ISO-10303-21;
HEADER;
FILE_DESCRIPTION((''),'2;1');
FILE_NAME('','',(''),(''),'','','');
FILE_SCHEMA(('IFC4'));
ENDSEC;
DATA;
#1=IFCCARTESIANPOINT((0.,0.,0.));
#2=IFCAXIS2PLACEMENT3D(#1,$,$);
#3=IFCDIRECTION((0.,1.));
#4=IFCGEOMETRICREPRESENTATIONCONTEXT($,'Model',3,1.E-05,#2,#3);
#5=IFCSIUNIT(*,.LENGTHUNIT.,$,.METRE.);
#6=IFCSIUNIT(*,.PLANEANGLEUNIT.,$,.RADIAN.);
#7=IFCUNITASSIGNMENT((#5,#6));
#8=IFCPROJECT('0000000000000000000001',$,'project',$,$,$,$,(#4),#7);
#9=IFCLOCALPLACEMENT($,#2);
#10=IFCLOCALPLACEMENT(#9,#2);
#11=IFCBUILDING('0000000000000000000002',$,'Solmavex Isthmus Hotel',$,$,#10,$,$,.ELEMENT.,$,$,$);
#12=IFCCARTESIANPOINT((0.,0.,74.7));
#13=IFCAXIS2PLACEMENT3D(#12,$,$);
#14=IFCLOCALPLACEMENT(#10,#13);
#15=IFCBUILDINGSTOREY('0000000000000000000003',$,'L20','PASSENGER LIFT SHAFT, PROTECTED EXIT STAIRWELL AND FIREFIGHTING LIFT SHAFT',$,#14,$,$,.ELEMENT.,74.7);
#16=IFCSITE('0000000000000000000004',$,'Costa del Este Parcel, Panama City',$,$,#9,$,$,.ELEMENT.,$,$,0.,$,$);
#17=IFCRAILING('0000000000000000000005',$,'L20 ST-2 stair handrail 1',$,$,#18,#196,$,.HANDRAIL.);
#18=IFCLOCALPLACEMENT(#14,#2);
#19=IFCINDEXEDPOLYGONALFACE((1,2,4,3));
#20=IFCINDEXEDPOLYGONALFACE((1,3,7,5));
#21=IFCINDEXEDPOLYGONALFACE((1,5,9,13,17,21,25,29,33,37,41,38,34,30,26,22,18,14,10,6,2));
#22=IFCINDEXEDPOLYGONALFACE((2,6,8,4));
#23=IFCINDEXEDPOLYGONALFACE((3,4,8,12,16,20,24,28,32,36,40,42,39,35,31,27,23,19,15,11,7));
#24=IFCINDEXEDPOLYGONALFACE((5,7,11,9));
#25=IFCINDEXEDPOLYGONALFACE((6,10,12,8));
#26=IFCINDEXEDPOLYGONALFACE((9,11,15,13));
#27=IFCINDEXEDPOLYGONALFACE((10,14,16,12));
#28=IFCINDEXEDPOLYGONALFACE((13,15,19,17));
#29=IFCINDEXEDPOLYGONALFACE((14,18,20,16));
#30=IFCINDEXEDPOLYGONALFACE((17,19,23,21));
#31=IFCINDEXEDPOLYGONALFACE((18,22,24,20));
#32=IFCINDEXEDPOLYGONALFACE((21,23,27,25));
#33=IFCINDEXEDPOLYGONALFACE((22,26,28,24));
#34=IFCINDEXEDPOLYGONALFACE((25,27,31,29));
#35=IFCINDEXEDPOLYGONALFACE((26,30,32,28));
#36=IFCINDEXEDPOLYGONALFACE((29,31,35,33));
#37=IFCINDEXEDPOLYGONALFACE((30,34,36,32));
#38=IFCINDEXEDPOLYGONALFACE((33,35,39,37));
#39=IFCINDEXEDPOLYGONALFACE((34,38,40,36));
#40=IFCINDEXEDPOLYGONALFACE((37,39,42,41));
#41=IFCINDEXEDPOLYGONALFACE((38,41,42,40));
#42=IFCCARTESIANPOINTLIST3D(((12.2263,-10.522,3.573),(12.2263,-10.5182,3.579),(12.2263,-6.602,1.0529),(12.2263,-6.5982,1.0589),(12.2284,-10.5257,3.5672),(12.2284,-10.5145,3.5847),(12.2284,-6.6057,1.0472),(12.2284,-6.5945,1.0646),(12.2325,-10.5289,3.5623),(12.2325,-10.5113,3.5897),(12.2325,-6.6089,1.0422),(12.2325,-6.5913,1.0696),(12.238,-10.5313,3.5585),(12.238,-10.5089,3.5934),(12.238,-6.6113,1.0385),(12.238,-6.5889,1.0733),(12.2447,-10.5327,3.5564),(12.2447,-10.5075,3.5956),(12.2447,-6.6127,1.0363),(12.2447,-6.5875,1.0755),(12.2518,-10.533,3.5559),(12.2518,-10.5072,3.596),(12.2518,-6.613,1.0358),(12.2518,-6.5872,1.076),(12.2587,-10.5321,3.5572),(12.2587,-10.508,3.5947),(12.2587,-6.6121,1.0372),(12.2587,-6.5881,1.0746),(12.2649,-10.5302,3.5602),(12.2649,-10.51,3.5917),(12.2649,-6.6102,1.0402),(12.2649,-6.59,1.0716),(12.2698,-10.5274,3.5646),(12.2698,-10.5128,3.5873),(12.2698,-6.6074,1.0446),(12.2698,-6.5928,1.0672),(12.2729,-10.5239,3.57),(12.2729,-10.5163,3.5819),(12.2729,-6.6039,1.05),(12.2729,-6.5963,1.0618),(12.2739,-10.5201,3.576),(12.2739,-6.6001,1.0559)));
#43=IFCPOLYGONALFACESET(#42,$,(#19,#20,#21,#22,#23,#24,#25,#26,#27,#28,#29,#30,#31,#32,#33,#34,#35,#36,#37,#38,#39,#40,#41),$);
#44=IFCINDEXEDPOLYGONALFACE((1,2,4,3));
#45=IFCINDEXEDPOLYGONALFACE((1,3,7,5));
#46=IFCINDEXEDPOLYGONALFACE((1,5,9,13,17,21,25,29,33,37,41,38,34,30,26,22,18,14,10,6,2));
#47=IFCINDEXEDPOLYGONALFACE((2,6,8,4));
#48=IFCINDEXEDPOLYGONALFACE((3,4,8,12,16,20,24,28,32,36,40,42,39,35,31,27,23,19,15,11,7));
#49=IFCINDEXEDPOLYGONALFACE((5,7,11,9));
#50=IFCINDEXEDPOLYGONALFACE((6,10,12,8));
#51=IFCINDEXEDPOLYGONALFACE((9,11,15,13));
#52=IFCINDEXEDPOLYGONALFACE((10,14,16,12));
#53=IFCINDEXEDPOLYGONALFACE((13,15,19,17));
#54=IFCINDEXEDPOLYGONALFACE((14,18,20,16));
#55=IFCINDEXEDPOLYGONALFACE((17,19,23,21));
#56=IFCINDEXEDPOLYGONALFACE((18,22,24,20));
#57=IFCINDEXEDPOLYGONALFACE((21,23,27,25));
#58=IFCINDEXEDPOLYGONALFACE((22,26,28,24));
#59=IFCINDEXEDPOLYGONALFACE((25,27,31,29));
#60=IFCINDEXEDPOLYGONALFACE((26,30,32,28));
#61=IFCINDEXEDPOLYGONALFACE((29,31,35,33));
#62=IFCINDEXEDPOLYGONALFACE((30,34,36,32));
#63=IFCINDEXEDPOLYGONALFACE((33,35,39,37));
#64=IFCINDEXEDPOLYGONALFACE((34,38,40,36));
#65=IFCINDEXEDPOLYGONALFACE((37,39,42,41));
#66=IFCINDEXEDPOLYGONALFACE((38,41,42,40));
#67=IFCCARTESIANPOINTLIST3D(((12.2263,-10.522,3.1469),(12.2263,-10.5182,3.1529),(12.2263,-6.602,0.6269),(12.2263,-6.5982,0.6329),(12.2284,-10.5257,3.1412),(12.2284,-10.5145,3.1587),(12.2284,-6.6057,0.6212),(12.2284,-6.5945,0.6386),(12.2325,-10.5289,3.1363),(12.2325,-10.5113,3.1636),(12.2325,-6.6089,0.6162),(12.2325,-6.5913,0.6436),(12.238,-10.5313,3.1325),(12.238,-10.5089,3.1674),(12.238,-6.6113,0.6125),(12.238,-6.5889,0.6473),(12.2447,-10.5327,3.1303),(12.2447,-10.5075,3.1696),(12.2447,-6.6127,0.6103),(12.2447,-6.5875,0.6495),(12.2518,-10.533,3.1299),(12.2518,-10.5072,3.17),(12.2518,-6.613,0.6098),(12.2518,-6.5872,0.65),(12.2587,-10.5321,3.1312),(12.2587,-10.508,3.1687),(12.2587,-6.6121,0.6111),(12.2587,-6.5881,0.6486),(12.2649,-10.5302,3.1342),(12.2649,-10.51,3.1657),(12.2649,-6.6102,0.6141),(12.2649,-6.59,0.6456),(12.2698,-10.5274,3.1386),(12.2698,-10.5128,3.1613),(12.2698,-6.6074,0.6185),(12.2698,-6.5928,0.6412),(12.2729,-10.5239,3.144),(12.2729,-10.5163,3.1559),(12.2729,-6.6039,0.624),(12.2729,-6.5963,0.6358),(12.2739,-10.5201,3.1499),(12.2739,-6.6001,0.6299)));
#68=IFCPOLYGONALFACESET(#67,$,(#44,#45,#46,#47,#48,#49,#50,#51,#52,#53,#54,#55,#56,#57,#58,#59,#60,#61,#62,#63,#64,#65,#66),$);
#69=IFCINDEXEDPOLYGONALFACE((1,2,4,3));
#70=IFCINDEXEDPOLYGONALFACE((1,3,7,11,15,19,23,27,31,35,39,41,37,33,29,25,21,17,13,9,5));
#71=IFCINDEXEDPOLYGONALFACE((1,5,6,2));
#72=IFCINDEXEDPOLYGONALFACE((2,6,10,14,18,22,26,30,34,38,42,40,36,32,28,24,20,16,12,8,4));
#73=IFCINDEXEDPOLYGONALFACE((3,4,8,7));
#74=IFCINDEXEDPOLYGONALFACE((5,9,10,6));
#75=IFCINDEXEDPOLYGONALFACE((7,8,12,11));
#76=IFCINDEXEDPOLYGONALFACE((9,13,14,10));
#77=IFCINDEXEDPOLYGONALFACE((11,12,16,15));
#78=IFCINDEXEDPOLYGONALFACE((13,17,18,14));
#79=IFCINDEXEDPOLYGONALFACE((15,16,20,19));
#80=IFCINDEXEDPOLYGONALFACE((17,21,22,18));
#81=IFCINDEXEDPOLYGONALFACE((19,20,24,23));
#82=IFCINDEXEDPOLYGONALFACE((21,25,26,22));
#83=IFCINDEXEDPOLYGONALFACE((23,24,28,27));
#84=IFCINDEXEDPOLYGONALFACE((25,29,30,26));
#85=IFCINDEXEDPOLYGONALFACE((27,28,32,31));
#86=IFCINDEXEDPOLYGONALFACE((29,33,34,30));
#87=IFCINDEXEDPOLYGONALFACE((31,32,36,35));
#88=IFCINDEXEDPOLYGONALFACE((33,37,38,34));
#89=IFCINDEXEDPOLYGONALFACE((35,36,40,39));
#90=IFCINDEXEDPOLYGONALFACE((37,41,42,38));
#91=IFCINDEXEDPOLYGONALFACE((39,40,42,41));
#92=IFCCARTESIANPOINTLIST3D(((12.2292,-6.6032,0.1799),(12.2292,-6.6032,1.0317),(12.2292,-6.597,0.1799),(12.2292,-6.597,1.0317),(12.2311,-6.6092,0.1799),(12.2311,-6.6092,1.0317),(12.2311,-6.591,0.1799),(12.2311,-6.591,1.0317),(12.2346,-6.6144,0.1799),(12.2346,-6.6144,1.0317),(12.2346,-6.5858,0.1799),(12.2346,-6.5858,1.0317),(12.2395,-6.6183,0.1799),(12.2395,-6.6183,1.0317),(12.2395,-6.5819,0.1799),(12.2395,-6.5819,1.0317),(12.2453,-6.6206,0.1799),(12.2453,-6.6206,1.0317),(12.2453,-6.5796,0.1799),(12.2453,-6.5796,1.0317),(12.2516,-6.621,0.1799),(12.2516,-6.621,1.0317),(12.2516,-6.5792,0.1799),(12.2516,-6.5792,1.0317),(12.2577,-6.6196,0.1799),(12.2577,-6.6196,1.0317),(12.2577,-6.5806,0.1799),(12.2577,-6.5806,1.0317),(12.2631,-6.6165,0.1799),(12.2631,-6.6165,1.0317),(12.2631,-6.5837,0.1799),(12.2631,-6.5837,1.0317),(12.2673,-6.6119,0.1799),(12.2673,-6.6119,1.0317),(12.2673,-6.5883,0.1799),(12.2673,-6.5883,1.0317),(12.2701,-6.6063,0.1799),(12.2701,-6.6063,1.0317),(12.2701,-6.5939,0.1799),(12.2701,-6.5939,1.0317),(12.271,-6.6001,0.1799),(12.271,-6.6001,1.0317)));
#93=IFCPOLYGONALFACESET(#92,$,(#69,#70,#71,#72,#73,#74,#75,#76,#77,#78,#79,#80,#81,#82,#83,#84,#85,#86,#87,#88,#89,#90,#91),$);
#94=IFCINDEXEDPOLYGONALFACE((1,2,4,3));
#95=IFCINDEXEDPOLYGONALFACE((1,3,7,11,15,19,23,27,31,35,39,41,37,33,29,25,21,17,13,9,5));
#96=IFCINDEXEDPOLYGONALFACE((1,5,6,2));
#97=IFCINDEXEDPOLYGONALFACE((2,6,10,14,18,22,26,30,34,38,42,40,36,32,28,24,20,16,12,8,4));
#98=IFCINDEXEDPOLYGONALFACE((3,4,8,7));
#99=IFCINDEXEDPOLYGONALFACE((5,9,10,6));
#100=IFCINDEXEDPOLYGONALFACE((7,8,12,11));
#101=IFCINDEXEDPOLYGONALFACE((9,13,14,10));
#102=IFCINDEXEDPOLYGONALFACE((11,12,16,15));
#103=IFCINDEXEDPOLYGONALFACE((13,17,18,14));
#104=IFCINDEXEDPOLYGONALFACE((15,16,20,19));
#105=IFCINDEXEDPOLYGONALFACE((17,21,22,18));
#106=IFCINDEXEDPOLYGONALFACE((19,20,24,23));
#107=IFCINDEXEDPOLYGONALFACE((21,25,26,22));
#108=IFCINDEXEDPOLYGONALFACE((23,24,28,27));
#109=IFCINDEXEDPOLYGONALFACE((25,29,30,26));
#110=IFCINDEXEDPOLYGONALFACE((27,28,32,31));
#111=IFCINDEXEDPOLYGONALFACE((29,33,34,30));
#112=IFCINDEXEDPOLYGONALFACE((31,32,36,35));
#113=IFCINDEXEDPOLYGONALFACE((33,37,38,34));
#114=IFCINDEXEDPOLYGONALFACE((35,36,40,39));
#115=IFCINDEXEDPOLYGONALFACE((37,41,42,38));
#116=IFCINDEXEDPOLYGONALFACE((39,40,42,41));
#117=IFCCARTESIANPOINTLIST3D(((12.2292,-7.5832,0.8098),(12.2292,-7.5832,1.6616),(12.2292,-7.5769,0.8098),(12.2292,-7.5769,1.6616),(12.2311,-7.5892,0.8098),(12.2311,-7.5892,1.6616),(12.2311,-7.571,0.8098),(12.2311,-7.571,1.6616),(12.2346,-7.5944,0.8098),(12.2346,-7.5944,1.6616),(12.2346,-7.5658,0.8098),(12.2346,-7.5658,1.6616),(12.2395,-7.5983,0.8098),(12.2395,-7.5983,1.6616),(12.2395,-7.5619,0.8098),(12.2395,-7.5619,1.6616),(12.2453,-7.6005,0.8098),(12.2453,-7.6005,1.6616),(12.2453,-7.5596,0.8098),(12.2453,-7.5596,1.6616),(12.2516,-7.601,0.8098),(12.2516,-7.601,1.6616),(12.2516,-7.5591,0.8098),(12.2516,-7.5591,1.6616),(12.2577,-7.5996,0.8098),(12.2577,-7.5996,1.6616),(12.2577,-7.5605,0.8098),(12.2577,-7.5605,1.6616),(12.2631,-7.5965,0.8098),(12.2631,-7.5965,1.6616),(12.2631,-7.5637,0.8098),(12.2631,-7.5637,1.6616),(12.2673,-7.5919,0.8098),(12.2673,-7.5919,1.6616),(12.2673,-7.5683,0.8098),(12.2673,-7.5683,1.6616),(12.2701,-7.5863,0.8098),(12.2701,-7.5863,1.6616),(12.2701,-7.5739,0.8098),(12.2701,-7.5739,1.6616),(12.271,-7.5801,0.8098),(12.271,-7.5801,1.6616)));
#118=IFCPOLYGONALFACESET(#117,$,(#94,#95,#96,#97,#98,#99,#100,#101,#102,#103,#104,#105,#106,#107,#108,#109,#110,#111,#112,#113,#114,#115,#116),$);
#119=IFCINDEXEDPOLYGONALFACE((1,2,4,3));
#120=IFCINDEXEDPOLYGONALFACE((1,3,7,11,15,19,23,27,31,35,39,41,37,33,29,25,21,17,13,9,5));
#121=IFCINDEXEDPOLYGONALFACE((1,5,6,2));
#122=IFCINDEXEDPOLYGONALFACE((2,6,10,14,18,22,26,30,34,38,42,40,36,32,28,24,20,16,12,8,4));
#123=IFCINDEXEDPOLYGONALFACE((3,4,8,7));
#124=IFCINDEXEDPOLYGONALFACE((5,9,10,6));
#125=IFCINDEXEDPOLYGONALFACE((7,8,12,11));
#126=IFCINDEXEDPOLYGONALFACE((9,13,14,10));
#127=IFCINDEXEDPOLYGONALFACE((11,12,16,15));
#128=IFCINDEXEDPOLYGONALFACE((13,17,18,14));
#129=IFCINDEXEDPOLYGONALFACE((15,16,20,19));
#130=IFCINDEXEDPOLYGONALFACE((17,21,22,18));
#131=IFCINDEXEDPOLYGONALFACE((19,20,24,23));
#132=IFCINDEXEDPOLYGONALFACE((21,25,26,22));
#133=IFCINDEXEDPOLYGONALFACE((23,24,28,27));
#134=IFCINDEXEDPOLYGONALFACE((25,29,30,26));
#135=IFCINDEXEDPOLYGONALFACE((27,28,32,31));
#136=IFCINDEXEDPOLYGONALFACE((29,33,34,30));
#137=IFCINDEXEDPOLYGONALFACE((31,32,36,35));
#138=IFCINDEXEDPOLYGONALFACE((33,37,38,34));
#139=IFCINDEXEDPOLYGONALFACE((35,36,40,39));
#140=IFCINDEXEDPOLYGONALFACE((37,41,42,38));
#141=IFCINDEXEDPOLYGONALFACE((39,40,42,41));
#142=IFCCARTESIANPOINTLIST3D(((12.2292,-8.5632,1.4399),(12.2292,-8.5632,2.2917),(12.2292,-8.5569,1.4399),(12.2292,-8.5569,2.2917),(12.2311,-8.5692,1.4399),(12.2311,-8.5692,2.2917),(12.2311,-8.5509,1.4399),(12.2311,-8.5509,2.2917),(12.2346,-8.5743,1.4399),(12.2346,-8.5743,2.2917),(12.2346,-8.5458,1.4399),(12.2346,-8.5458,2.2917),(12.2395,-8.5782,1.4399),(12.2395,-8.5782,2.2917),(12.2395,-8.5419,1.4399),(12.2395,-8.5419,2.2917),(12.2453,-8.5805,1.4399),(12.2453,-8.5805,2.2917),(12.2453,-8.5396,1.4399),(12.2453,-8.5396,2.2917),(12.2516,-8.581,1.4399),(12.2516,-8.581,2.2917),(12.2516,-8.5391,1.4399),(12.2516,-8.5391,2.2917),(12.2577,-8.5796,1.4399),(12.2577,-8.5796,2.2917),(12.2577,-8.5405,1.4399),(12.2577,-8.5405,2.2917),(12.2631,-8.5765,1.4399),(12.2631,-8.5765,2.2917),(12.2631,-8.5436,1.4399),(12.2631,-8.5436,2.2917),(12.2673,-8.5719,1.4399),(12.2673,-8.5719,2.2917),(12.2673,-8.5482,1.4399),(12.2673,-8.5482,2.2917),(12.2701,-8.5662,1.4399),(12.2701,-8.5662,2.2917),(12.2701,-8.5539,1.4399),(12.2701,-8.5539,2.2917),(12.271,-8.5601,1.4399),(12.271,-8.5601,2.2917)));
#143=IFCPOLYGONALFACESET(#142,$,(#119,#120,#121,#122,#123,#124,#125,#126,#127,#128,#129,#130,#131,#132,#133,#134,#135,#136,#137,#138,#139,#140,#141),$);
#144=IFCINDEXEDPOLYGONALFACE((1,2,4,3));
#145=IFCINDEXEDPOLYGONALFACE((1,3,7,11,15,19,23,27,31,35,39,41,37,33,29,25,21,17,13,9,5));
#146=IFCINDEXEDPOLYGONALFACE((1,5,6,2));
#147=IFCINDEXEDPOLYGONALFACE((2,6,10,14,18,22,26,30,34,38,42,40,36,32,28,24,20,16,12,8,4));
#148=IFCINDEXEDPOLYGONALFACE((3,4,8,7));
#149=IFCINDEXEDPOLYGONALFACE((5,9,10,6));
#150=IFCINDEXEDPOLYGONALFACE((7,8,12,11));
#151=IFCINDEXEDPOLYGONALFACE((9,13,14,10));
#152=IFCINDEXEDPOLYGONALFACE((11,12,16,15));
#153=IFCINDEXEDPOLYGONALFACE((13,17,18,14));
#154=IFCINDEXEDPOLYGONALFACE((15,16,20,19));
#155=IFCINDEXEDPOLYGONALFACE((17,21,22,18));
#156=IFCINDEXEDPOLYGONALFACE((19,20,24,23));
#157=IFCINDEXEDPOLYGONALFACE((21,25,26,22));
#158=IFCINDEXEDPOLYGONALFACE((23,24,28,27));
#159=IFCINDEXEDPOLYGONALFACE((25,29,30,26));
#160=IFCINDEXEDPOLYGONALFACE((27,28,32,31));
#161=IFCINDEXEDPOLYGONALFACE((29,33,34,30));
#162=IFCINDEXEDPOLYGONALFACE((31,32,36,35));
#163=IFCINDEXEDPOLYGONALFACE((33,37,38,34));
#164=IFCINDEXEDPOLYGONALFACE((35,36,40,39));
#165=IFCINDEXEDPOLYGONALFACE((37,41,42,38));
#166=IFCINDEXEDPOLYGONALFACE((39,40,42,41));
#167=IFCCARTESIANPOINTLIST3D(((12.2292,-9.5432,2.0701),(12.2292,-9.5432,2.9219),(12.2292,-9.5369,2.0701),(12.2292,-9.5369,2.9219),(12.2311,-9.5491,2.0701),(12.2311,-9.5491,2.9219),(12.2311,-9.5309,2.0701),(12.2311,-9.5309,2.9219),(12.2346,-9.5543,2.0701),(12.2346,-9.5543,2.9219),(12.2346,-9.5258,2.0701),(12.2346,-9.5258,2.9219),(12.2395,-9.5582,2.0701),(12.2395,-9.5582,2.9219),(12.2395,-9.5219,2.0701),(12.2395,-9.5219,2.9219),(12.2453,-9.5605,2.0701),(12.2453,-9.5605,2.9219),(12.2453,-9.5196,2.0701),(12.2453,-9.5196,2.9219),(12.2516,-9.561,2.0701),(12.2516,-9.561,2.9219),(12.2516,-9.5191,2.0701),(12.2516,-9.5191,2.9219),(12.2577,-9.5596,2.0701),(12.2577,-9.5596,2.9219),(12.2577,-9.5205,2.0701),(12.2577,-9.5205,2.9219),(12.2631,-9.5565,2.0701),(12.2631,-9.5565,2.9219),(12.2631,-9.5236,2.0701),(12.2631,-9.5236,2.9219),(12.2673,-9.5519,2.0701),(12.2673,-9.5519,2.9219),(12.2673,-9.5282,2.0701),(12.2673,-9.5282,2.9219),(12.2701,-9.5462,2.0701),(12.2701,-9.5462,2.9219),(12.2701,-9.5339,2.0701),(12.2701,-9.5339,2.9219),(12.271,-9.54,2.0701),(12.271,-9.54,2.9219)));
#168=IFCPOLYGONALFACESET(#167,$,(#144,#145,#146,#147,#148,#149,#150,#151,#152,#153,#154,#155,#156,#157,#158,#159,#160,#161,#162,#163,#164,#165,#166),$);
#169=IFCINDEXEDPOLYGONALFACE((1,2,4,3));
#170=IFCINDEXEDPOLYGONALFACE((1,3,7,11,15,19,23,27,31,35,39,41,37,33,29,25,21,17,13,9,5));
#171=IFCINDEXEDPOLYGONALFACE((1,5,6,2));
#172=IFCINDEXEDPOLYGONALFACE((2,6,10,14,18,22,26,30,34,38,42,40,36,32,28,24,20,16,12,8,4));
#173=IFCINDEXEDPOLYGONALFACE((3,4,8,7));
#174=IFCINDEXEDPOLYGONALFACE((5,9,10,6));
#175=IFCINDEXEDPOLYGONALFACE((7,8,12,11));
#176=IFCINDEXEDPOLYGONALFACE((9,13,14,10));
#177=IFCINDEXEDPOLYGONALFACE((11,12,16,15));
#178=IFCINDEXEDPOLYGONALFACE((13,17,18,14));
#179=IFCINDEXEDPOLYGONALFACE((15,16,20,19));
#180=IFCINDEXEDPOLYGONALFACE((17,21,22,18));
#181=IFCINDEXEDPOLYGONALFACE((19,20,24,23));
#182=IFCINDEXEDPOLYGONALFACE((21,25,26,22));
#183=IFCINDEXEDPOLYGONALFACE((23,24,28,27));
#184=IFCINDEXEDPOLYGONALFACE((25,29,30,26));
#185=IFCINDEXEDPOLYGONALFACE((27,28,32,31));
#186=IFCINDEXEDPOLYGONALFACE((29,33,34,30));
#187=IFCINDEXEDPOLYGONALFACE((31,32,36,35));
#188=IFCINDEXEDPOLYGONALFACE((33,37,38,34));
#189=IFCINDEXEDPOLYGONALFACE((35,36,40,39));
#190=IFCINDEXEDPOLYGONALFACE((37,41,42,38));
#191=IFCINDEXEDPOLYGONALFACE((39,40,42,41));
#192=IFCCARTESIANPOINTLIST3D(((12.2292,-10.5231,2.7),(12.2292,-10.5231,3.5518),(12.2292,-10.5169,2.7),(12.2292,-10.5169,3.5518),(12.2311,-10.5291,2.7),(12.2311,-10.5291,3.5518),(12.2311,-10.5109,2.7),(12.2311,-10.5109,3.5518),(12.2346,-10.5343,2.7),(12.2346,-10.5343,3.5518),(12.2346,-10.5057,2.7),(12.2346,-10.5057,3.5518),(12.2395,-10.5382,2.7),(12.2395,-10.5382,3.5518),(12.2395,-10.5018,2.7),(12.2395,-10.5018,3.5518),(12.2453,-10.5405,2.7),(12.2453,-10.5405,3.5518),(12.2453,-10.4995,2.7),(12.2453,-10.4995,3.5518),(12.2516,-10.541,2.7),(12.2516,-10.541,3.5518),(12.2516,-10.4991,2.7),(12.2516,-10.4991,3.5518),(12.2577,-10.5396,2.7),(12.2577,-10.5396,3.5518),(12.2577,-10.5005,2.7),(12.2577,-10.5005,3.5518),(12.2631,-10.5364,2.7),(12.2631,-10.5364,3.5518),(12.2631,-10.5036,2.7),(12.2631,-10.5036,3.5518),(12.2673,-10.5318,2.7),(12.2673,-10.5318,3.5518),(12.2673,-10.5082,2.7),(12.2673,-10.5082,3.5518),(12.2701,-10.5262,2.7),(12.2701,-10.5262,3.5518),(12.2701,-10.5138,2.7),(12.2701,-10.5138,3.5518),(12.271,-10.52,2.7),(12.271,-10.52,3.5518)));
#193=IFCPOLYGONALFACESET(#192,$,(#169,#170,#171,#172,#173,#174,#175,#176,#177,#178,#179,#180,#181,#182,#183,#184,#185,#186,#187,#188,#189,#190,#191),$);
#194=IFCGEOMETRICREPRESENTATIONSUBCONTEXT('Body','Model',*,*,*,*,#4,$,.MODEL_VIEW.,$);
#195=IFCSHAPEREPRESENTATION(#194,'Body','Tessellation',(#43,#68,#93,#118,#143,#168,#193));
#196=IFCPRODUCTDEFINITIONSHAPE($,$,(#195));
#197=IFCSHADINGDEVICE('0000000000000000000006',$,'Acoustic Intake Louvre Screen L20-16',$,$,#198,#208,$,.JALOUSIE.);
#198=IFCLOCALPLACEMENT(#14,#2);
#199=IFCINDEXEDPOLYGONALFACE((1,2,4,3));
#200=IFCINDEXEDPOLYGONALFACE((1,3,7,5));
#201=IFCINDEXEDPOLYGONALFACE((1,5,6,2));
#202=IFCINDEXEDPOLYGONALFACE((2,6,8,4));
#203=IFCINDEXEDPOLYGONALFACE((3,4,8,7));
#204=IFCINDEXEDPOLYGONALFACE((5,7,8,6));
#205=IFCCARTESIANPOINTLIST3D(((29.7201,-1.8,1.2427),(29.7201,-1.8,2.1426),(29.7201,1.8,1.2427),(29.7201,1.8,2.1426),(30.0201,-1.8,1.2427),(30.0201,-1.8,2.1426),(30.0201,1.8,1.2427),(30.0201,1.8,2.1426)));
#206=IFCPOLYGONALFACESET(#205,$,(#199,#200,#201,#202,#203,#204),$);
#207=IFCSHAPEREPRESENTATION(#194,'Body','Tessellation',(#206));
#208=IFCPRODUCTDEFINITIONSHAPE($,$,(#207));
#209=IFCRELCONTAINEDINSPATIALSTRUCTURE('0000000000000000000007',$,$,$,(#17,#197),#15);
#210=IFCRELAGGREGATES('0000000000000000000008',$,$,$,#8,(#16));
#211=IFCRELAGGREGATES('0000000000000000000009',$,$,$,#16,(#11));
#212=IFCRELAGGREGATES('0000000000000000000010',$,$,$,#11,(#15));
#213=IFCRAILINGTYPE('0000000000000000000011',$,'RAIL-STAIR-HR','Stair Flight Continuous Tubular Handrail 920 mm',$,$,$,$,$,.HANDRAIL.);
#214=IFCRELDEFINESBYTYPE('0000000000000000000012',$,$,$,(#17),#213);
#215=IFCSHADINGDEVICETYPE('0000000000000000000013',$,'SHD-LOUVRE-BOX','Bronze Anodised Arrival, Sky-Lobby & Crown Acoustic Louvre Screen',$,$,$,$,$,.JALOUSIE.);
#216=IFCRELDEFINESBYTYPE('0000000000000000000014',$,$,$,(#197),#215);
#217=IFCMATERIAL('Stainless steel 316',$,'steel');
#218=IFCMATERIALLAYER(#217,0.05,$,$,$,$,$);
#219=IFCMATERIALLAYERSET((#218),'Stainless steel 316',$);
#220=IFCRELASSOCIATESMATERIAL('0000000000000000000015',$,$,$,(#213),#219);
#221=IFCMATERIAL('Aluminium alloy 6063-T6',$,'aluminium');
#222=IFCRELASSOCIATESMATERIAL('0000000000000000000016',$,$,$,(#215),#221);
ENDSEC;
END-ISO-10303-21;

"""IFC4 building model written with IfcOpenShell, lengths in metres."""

from ifc_helpers import new_model, si_unit, direction, frame, origin, origin_2d, place, context, subcontext, project, spatial, rectangle, circle, extrude, material, layer, layer_set, type_object, element, save


model = new_model("IFC4")

# Units and contexts
model_context = context("Model", 3, precision=1e-05, world=origin(), true_north=direction((0.0, 1.0)))
body_context = subcontext(model_context, "Body", "Model", "MODEL_VIEW")
ifc_project = project(units=[si_unit("LENGTHUNIT", "METRE"), si_unit("PLANEANGLEUNIT", "RADIAN")], contexts=[model_context])

# Site, building, storey
site_placement = place(None, origin())
site = spatial("IfcSite", under=ifc_project, at=site_placement, Name="Costa del Este Parcel, Panama City", CompositionType="ELEMENT", RefElevation=0.0)
building_placement = place(site_placement, origin())
building = spatial("IfcBuilding", under=site, at=building_placement, Name="Solmavex Isthmus Hotel", CompositionType="ELEMENT")
storey_placement = place(building_placement, frame((0.0, 0.0, 74.7)))
storey = spatial("IfcBuildingStorey", under=building, at=storey_placement, Name="L20", Description="PASSENGER LIFT SHAFT, PROTECTED EXIT STAIRWELL AND FIREFIGHTING LIFT SHAFT", CompositionType="ELEMENT", Elevation=74.7)

# Railing
ifc_material_1 = material(Name="Stainless steel 316", Category="steel")
ifc_layer_1 = layer(ifc_material_1, 0.05)
ifc_layer_set_1 = layer_set([ifc_layer_1], Name="Stainless steel 316")
railing_type_1 = type_object("IfcRailingType", Name="RAIL-STAIR-HR", Description="Stair Flight Continuous Tubular Handrail 920 mm", PredefinedType="HANDRAIL", material=ifc_layer_set_1)
railing_1_placement = place(storey_placement, frame((12.25, -6.6001, 0.1799)))
element("IfcRailing", 1, at=railing_1_placement, inside=storey, type_object=railing_type_1, Name="L20 ST-2 stair handrail 1", PredefinedType="HANDRAIL", context=body_context, shape_type="SweptSolid", body=[
    extrude(circle(Radius=0.0239, at=origin_2d()), frame((0.0, 0.0, 0.876), z_axis=(0.0, -0.841172, 0.540768), x_axis=(1.0, 0.0, 0.0)), (0.0, 0.0, 1.0), 4.6602),
    extrude(circle(Radius=0.0239, at=origin_2d()), frame((0.0, 0.0, 0.45), z_axis=(0.0, -0.841172, 0.540768), x_axis=(1.0, 0.0, 0.0)), (0.0, 0.0, 1.0), 4.6602),
    extrude(circle(Radius=0.021, at=origin_2d()), origin(), (0.0, 0.0, 1.0), 0.8518),
    extrude(circle(Radius=0.021, at=origin_2d()), frame((0.0, -0.98, 0.6299)), (0.0, 0.0, 1.0), 0.8518),
    extrude(circle(Radius=0.021, at=origin_2d()), frame((0.0, -1.96, 1.26)), (0.0, 0.0, 1.0), 0.8518),
    extrude(circle(Radius=0.021, at=origin_2d()), frame((0.0, -2.9399, 1.8901)), (0.0, 0.0, 1.0), 0.8518),
    extrude(circle(Radius=0.021, at=origin_2d()), frame((0.0, -3.9199, 2.52)), (0.0, 0.0, 1.0), 0.8518),
])

# Shading device
ifc_material_2 = material(Name="Aluminium alloy 6063-T6", Category="aluminium")
shading_device_type = type_object("IfcShadingDeviceType", Name="SHD-LOUVRE-BOX", Description="Bronze Anodised Arrival, Sky-Lobby & Crown Acoustic Louvre Screen", PredefinedType="JALOUSIE", material=ifc_material_2)
shading_device_placement = place(storey_placement, frame((29.8701, 0.0, 1.2427), z_axis=(0.0, 0.0, 1.0), x_axis=(0.0, -1.0, 0.0)))
element("IfcShadingDevice", 2, at=shading_device_placement, inside=storey, type_object=shading_device_type, Name="Acoustic Intake Louvre Screen L20-16", PredefinedType="JALOUSIE", context=body_context, shape_type="SweptSolid", body=[
    extrude(rectangle(XDim=3.6001, YDim=0.3, at=origin_2d()), origin(), (0.0, 0.0, 1.0), 0.8999),
])

save(model, "model.ifc")
